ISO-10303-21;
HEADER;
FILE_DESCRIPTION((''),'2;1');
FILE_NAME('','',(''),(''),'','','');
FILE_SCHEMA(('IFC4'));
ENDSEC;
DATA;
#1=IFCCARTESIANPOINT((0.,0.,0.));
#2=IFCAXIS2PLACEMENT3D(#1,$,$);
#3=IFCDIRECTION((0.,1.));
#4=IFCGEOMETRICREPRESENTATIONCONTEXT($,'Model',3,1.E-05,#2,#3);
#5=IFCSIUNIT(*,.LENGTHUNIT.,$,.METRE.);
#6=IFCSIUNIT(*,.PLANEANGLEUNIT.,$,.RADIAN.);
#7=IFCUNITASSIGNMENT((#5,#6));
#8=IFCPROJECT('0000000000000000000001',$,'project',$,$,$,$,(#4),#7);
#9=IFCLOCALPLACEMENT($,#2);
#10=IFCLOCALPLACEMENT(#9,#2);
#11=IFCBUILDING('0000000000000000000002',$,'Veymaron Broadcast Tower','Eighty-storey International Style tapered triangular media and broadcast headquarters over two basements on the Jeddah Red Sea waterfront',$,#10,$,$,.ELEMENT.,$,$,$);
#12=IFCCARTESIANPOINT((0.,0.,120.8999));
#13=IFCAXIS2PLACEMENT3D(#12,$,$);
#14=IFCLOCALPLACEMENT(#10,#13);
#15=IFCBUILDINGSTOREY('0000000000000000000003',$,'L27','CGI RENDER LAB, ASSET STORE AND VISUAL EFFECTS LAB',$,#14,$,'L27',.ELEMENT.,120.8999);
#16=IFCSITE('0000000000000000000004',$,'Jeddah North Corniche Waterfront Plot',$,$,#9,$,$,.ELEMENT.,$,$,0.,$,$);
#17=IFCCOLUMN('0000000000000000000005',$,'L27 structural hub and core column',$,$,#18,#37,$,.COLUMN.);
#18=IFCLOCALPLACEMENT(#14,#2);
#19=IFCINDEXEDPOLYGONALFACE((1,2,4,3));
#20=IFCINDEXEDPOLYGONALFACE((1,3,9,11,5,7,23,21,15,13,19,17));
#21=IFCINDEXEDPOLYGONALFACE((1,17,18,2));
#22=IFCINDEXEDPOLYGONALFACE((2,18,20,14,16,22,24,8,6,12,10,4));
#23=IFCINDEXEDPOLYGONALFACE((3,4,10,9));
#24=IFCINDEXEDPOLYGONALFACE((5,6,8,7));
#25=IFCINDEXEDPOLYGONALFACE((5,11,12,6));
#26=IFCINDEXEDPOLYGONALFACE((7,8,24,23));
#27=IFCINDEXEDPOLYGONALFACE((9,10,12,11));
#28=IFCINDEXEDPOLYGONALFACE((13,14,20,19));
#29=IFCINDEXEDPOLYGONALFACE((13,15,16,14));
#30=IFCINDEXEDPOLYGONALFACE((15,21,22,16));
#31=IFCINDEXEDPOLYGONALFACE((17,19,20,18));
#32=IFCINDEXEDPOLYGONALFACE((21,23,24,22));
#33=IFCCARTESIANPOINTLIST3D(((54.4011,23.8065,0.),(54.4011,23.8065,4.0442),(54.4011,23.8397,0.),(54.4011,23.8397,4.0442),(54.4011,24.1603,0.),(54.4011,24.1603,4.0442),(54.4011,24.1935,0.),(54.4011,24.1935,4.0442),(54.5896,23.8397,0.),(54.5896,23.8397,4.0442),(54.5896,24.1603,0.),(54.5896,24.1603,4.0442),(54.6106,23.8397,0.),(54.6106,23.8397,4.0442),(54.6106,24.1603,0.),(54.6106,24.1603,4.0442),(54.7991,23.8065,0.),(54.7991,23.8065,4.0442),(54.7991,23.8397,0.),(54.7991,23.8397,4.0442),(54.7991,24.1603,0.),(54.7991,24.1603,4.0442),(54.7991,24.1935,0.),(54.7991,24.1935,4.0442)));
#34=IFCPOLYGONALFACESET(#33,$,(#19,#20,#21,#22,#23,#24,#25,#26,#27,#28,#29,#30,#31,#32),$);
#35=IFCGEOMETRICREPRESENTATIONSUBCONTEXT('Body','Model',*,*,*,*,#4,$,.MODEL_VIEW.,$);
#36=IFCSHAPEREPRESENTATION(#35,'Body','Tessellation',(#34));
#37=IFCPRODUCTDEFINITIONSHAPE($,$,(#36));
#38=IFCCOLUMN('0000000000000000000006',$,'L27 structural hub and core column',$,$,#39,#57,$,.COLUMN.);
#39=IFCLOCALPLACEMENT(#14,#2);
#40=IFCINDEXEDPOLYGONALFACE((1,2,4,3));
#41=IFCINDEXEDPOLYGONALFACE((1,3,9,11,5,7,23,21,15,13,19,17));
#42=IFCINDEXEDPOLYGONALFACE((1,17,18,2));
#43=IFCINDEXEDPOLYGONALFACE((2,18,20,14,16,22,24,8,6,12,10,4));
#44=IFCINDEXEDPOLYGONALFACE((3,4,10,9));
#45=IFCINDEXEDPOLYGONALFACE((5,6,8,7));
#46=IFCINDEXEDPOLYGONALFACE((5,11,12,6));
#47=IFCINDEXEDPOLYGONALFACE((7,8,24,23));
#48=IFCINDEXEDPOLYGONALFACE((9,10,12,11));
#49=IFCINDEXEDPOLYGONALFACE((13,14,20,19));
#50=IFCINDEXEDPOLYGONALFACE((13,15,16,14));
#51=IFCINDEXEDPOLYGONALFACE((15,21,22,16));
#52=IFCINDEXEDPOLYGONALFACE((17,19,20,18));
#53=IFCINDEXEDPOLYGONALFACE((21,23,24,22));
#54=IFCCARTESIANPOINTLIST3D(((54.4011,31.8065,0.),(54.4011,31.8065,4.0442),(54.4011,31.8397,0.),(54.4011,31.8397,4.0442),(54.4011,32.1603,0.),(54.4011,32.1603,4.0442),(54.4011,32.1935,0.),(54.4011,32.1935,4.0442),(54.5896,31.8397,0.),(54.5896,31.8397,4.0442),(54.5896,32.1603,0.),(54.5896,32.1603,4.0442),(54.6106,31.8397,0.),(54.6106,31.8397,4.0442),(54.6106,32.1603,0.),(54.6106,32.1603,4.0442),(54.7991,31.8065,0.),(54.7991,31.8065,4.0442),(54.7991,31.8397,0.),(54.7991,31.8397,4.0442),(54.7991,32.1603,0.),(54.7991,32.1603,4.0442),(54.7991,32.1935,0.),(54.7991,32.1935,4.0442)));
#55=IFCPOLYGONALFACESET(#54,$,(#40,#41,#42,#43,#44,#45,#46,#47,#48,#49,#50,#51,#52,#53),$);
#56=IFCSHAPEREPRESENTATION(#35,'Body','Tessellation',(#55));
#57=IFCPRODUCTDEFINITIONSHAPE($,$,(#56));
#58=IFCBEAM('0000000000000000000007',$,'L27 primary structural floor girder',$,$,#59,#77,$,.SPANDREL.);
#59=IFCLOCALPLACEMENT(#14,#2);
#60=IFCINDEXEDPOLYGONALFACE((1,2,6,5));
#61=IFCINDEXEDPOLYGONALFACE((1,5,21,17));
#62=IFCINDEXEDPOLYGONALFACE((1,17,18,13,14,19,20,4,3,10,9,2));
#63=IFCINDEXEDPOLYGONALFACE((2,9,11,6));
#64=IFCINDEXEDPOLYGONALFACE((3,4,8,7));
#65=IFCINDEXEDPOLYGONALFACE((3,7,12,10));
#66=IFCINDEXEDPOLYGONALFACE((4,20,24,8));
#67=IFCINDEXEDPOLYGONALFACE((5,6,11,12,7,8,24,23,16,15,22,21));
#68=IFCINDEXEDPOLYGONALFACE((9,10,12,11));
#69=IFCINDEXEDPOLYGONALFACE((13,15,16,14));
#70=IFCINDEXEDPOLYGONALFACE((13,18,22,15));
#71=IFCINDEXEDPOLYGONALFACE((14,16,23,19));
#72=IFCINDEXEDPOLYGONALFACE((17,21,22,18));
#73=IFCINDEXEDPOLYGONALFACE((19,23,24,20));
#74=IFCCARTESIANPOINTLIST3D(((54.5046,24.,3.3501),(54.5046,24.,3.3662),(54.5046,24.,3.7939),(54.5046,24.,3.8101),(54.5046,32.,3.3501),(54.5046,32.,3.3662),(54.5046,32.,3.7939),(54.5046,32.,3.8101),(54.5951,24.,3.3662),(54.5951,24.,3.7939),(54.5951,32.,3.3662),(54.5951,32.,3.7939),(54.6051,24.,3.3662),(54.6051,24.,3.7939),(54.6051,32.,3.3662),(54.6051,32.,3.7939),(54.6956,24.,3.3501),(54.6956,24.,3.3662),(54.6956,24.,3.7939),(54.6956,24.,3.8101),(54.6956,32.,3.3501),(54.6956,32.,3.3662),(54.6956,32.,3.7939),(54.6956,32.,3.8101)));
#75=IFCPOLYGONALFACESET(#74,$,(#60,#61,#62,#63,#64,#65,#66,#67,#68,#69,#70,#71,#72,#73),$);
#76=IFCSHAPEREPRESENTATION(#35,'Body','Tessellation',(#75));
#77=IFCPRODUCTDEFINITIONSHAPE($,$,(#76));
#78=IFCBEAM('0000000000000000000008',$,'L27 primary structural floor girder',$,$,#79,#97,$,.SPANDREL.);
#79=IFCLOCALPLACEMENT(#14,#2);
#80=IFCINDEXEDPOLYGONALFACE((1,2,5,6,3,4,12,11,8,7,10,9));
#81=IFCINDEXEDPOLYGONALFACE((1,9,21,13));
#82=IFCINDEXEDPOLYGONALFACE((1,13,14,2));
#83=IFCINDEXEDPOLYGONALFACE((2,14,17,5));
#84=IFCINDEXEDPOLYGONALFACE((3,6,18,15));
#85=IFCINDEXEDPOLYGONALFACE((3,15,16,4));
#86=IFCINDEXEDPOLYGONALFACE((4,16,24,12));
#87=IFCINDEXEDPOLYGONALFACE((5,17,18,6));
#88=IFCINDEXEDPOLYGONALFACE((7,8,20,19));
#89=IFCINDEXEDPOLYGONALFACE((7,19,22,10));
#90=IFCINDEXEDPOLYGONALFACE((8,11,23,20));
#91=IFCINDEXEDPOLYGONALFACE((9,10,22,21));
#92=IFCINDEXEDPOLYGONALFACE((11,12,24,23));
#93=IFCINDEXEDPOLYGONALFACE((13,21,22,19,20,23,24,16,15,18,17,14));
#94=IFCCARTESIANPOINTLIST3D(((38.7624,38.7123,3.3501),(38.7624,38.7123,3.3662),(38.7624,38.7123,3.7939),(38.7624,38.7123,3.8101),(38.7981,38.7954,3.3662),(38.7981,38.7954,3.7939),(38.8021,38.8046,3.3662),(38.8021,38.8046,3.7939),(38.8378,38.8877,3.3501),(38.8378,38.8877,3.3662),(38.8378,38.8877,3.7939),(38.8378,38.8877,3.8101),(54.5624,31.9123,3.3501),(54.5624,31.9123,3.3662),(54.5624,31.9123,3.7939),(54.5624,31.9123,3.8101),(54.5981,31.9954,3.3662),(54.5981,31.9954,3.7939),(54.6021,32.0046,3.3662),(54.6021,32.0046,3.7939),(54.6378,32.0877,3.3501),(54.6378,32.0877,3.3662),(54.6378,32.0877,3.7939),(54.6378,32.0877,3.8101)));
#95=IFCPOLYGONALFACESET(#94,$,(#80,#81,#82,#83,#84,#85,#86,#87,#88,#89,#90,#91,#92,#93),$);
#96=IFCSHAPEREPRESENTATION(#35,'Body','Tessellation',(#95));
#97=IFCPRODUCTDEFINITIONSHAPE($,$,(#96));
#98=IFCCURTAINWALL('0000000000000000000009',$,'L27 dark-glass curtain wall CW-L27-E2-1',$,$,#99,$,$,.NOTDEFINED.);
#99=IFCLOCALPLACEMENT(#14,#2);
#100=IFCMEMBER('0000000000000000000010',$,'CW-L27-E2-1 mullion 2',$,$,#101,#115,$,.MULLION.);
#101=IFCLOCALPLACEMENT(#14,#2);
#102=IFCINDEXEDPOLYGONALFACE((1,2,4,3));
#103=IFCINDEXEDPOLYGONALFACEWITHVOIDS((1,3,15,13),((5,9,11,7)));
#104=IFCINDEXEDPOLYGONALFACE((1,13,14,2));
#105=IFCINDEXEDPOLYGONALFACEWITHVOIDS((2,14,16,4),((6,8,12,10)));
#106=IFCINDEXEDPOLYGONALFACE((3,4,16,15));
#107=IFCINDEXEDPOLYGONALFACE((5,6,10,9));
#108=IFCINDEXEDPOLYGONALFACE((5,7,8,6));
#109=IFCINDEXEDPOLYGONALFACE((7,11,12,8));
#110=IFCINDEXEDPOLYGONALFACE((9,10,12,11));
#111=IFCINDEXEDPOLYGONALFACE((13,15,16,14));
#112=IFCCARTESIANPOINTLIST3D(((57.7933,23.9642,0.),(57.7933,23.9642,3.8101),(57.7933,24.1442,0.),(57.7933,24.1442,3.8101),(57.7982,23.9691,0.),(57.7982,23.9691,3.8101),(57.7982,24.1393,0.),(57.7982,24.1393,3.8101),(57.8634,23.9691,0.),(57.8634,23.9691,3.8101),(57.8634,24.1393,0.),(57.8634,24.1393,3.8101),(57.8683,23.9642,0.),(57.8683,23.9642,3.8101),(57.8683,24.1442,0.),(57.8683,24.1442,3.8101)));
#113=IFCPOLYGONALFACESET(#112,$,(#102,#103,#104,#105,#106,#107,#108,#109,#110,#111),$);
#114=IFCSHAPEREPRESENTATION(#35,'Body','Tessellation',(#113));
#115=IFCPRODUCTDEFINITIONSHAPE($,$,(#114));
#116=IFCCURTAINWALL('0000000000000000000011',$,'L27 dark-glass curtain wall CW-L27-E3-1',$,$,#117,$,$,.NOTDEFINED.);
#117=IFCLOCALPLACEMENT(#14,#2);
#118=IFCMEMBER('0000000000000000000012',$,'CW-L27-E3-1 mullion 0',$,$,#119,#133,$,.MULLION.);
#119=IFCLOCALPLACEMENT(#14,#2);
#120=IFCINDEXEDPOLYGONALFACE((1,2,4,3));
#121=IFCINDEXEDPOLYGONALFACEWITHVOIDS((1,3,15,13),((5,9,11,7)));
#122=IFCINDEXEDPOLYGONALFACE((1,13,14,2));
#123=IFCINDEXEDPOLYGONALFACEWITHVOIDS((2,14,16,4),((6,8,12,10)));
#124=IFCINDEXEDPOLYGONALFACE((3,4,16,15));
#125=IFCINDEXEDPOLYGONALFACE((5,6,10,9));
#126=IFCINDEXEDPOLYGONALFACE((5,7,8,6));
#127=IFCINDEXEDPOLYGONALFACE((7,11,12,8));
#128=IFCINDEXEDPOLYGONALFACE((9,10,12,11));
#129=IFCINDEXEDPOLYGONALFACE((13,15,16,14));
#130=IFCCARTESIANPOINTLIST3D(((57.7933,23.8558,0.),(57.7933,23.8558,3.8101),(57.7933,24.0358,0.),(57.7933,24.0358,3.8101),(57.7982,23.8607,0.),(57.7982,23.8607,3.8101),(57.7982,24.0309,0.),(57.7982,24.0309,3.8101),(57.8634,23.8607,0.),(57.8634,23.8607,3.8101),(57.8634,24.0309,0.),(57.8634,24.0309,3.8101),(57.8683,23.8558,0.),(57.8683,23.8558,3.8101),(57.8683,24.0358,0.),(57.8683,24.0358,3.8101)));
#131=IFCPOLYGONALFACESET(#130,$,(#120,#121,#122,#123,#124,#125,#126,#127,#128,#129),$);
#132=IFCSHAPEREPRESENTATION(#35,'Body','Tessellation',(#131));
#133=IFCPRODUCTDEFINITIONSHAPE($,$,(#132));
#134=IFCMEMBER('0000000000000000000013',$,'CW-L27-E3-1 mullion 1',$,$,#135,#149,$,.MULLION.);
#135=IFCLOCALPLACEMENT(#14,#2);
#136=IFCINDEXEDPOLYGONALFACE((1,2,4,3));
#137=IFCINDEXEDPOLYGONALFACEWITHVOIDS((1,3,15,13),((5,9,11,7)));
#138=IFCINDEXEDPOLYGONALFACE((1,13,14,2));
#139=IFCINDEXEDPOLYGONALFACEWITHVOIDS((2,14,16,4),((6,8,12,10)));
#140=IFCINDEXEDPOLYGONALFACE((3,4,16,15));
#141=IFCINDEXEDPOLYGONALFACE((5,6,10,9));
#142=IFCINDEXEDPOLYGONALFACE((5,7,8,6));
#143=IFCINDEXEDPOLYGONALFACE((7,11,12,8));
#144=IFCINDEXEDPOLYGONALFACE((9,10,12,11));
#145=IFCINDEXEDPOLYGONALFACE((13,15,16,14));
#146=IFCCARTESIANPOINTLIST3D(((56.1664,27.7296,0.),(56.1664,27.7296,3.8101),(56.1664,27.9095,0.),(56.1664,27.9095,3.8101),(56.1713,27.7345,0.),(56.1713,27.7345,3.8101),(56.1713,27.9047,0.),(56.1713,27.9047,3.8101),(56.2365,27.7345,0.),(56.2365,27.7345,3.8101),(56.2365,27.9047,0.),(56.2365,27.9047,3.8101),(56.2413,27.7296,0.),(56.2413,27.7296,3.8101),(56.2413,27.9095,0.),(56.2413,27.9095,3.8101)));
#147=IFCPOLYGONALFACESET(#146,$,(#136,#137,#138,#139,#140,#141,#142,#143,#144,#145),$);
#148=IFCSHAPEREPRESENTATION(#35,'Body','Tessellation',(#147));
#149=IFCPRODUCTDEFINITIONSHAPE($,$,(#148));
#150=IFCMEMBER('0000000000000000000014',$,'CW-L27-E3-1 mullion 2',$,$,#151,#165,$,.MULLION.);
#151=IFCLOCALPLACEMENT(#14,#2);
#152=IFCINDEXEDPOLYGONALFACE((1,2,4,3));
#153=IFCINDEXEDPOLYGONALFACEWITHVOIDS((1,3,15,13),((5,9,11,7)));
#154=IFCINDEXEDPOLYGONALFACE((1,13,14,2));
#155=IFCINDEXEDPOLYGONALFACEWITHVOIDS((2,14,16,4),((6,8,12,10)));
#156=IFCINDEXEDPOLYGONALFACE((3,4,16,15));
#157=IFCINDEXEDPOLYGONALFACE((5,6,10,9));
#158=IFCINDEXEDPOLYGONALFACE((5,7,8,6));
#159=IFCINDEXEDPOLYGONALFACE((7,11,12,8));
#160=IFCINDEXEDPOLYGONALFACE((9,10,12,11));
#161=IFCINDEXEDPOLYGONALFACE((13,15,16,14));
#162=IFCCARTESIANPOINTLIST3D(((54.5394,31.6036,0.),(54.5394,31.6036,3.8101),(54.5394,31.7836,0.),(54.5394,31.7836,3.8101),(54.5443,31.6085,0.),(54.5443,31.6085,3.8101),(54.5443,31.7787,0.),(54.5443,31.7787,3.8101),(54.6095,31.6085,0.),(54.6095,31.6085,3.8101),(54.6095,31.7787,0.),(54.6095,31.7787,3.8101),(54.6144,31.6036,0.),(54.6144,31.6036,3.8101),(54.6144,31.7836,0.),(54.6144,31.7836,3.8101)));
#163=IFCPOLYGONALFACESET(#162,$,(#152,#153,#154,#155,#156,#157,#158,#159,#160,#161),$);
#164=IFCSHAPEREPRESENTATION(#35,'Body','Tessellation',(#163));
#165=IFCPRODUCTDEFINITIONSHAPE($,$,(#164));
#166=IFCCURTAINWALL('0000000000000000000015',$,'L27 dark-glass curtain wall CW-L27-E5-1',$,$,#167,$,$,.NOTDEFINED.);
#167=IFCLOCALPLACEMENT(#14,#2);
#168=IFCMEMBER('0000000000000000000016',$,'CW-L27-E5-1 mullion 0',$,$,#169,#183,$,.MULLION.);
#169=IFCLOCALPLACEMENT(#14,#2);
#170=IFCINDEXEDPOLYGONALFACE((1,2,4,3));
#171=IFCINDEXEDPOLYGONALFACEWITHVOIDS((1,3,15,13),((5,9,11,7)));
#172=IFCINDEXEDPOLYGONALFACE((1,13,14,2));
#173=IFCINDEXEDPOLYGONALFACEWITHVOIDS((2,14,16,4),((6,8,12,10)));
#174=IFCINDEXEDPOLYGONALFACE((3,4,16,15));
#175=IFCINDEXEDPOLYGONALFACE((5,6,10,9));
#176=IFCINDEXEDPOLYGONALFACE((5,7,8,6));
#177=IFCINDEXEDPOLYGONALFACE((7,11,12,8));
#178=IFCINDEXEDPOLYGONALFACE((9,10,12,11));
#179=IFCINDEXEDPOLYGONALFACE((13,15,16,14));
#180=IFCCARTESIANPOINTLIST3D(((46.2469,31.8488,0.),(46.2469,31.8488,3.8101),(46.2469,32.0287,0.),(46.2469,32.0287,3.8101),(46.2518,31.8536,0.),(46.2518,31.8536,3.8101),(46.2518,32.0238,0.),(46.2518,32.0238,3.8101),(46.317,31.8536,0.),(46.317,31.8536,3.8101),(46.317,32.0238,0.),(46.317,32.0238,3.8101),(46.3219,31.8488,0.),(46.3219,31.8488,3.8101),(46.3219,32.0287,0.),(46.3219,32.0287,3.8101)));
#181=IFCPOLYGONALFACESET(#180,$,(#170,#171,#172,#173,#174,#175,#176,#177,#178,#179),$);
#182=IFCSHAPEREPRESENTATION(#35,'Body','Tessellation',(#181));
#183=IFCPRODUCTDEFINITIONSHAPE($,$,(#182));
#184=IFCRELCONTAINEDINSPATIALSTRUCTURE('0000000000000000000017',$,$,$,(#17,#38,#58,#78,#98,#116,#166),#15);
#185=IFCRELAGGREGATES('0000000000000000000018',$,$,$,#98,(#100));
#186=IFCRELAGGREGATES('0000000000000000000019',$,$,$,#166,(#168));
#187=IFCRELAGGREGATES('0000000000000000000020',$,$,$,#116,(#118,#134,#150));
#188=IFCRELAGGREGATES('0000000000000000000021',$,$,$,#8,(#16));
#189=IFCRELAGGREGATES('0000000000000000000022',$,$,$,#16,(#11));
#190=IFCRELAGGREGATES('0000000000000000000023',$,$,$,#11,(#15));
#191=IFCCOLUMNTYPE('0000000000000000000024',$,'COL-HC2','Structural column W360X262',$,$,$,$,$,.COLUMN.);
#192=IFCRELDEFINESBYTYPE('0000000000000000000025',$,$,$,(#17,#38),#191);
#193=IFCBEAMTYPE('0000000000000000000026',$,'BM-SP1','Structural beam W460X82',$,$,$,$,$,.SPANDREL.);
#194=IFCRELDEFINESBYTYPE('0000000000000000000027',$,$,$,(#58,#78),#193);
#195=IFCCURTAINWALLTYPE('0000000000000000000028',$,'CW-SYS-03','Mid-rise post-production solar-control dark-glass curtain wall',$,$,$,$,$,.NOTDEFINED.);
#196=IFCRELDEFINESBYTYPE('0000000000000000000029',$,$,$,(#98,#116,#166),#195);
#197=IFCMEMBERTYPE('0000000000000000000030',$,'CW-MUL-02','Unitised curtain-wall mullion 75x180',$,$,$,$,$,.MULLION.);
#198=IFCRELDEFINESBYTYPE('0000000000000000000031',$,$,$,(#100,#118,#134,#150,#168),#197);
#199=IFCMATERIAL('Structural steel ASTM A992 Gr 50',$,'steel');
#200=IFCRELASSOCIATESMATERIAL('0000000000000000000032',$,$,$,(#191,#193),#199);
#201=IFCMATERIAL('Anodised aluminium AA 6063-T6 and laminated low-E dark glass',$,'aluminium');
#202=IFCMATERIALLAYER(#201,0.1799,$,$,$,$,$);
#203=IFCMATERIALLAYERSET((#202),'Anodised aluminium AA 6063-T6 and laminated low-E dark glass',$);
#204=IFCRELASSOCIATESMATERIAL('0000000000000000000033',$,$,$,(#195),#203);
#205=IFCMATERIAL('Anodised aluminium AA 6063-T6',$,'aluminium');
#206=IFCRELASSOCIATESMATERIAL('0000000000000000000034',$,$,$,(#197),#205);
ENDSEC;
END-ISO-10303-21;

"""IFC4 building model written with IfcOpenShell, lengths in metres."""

from ifc_helpers import new_model, si_unit, direction, frame, origin, origin_2d, place, context, subcontext, project, spatial, hollow_rectangle, i_section, extrude, material, layer, layer_set, material_profile, profile_set, type_object, element, aggregate, save


model = new_model("IFC4")

# Units and contexts
model_context = context("Model", 3, precision=1e-05, world=origin(), true_north=direction((0.0, 1.0)))
body_context = subcontext(model_context, "Body", "Model", "MODEL_VIEW")
ifc_project = project(units=[si_unit("LENGTHUNIT", "METRE"), si_unit("PLANEANGLEUNIT", "RADIAN")], contexts=[model_context])

# Site, building, storey
site_placement = place(None, origin())
site = spatial("IfcSite", under=ifc_project, at=site_placement, Name="Jeddah North Corniche Waterfront Plot", CompositionType="ELEMENT", RefElevation=0.0)
building_placement = place(site_placement, origin())
building = spatial("IfcBuilding", under=site, at=building_placement, Name="Veymaron Broadcast Tower", Description="Eighty-storey International Style tapered triangular media and broadcast headquarters over two basements on the Jeddah Red Sea waterfront", CompositionType="ELEMENT")
storey_placement = place(building_placement, frame((0.0, 0.0, 120.8999)))
storey = spatial("IfcBuildingStorey", under=building, at=storey_placement, Name="L27", Description="CGI RENDER LAB, ASSET STORE AND VISUAL EFFECTS LAB", LongName="L27", CompositionType="ELEMENT", Elevation=120.8999)

# Columns
ifc_material_1 = material(Name="Structural steel ASTM A992 Gr 50", Category="steel")
ifc_material_profile_1 = material_profile(ifc_material_1, i_section(OverallWidth=0.3979, OverallDepth=0.387, WebThickness=0.021, FlangeThickness=0.0332, at=origin_2d()), Name="W360X262")
ifc_profile_set_1 = profile_set([ifc_material_profile_1], Name="Structural steel ASTM A992 Gr 50")
column_type = type_object("IfcColumnType", Name="COL-HC2", Description="Structural column W360X262", PredefinedType="COLUMN", material=ifc_profile_set_1)
for number, where, z_axis, x_axis, name in (
    (1, (54.6001, 24.0, 0.0), (0.0, 0.0, 1.0), (1.0, 0.0, 0.0), "L27 structural hub and core column"),
    (2, (54.6001, 32.0, 0.0), (0.0, 0.0, 1.0), (1.0, 0.0, 0.0), "L27 structural hub and core column"),
):
    element("IfcColumn", number, at=place(storey_placement, frame(where, z_axis=z_axis, x_axis=x_axis)), inside=storey, type_object=column_type, Name=name, PredefinedType="COLUMN", context=body_context, shape_type="SweptSolid", body=[
        extrude(i_section(OverallWidth=0.3979, OverallDepth=0.387, WebThickness=0.021, FlangeThickness=0.0332, at=origin_2d()), origin(), (0.0, 0.0, 1.0), 4.0442),
    ])

# Beams
ifc_material_profile_2 = material_profile(ifc_material_1, i_section(OverallWidth=0.1909, OverallDepth=0.46, WebThickness=0.01, FlangeThickness=0.0161, at=origin_2d()), Name="W460X82")
ifc_profile_set_2 = profile_set([ifc_material_profile_2], Name="Structural steel ASTM A992 Gr 50")
beam_type = type_object("IfcBeamType", Name="BM-SP1", Description="Structural beam W460X82", PredefinedType="SPANDREL", material=ifc_profile_set_2)
beam_1_placement = place(storey_placement, frame((54.6001, 24.0, 3.5801), z_axis=(0.0, 1.0, 0.0), x_axis=(-1.0, 0.0, 0.0)))
element("IfcBeam", 3, at=beam_1_placement, inside=storey, type_object=beam_type, Name="L27 primary structural floor girder", PredefinedType="SPANDREL", context=body_context, shape_type="SweptSolid", body=[
    extrude(i_section(OverallWidth=0.1909, OverallDepth=0.46, WebThickness=0.01, FlangeThickness=0.0161, at=origin_2d()), origin(), (0.0, 0.0, 1.0), 8.0),
])
beam_2_placement = place(storey_placement, frame((54.6001, 32.0, 3.5801), z_axis=(-0.918542, 0.395323, 0.0), x_axis=(-0.395323, -0.918542, 0.0)))
element("IfcBeam", 4, at=beam_2_placement, inside=storey, type_object=beam_type, Name="L27 primary structural floor girder", PredefinedType="SPANDREL", context=body_context, shape_type="SweptSolid", body=[
    extrude(i_section(OverallWidth=0.1909, OverallDepth=0.46, WebThickness=0.01, FlangeThickness=0.0161, at=origin_2d()), origin(), (0.0, 0.0, 1.0), 17.2012),
])

# Curtain wall, member
ifc_material_2 = material(Name="Anodised aluminium AA 6063-T6 and laminated low-E dark glass", Category="aluminium")
ifc_layer_1 = layer(ifc_material_2, 0.1799)
ifc_layer_set_1 = layer_set([ifc_layer_1], Name="Anodised aluminium AA 6063-T6 and laminated low-E dark glass")
curtain_wall_type = type_object("IfcCurtainWallType", Name="CW-SYS-03", Description="Mid-rise post-production solar-control dark-glass curtain wall", PredefinedType="NOTDEFINED", material=ifc_layer_set_1)
curtain_wall_1_placement = place(storey_placement, origin())
curtain_wall_1 = element("IfcCurtainWall", 5, at=curtain_wall_1_placement, inside=storey, type_object=curtain_wall_type, Name="L27 dark-glass curtain wall CW-L27-E2-1", PredefinedType="NOTDEFINED")
ifc_material_3 = material(Name="Anodised aluminium AA 6063-T6", Category="aluminium")
ifc_material_profile_3 = material_profile(ifc_material_3, hollow_rectangle(XDim=0.075, YDim=0.1799, WallThickness=0.0049, at=origin_2d()), Name="AL180X75X5")
ifc_profile_set_3 = profile_set([ifc_material_profile_3], Name="Anodised aluminium AA 6063-T6")
member_type_1 = type_object("IfcMemberType", Name="CW-MUL-02", Description="Unitised curtain-wall mullion 75x180", PredefinedType="MULLION", material=ifc_profile_set_3)
member_1_placement = place(storey_placement, frame((57.8308, 24.0542, 0.0), z_axis=(0.0, 0.0, 1.0), x_axis=(1.0, 0.0, 0.0)))
member_1 = element("IfcMember", 6, at=member_1_placement, type_object=member_type_1, Name="CW-L27-E2-1 mullion 2", PredefinedType="MULLION", context=body_context, shape_type="SweptSolid", body=[
    extrude(hollow_rectangle(XDim=0.075, YDim=0.1799, WallThickness=0.0049, at=origin_2d()), origin(), (0.0, 0.0, 1.0), 3.8101),
])
aggregate(curtain_wall_1, [member_1])

# Curtain wall, members
curtain_wall_2_placement = place(storey_placement, origin())
curtain_wall_2 = element("IfcCurtainWall", 7, at=curtain_wall_2_placement, inside=storey, type_object=curtain_wall_type, Name="L27 dark-glass curtain wall CW-L27-E3-1", PredefinedType="NOTDEFINED")
member_2_placement = place(storey_placement, frame((57.8308, 23.9458, 0.0), z_axis=(0.0, 0.0, 1.0), x_axis=(1.0, 0.0, 0.0)))
member_2 = element("IfcMember", 8, at=member_2_placement, type_object=member_type_1, Name="CW-L27-E3-1 mullion 0", PredefinedType="MULLION", context=body_context, shape_type="SweptSolid", body=[
    extrude(hollow_rectangle(XDim=0.075, YDim=0.1799, WallThickness=0.0049, at=origin_2d()), origin(), (0.0, 0.0, 1.0), 3.8101),
])
member_3_placement = place(storey_placement, frame((56.2039, 27.8196, 0.0), z_axis=(0.0, 0.0, 1.0), x_axis=(1.0, 0.0, 0.0)))
member_3 = element("IfcMember", 9, at=member_3_placement, type_object=member_type_1, Name="CW-L27-E3-1 mullion 1", PredefinedType="MULLION", context=body_context, shape_type="SweptSolid", body=[
    extrude(hollow_rectangle(XDim=0.075, YDim=0.1799, WallThickness=0.0049, at=origin_2d()), origin(), (0.0, 0.0, 1.0), 3.8101),
])
member_4_placement = place(storey_placement, frame((54.5769, 31.6936, 0.0), z_axis=(0.0, 0.0, 1.0), x_axis=(1.0, 0.0, 0.0)))
member_4 = element("IfcMember", 10, at=member_4_placement, type_object=member_type_1, Name="CW-L27-E3-1 mullion 2", PredefinedType="MULLION", context=body_context, shape_type="SweptSolid", body=[
    extrude(hollow_rectangle(XDim=0.075, YDim=0.1799, WallThickness=0.0049, at=origin_2d()), origin(), (0.0, 0.0, 1.0), 3.8101),
])

# Curtain wall, member
curtain_wall_3_placement = place(storey_placement, origin())
curtain_wall_3 = element("IfcCurtainWall", 11, at=curtain_wall_3_placement, inside=storey, type_object=curtain_wall_type, Name="L27 dark-glass curtain wall CW-L27-E5-1", PredefinedType="NOTDEFINED")
member_5_placement = place(storey_placement, frame((46.2844, 31.9387, 0.0), z_axis=(0.0, 0.0, 1.0), x_axis=(1.0, 0.0, 0.0)))
member_5 = element("IfcMember", 12, at=member_5_placement, type_object=member_type_1, Name="CW-L27-E5-1 mullion 0", PredefinedType="MULLION", context=body_context, shape_type="SweptSolid", body=[
    extrude(hollow_rectangle(XDim=0.075, YDim=0.1799, WallThickness=0.0049, at=origin_2d()), origin(), (0.0, 0.0, 1.0), 3.8101),
])

aggregate(curtain_wall_3, [member_5])

aggregate(curtain_wall_2, [member_2, member_3, member_4])

save(model, "model.ifc")
